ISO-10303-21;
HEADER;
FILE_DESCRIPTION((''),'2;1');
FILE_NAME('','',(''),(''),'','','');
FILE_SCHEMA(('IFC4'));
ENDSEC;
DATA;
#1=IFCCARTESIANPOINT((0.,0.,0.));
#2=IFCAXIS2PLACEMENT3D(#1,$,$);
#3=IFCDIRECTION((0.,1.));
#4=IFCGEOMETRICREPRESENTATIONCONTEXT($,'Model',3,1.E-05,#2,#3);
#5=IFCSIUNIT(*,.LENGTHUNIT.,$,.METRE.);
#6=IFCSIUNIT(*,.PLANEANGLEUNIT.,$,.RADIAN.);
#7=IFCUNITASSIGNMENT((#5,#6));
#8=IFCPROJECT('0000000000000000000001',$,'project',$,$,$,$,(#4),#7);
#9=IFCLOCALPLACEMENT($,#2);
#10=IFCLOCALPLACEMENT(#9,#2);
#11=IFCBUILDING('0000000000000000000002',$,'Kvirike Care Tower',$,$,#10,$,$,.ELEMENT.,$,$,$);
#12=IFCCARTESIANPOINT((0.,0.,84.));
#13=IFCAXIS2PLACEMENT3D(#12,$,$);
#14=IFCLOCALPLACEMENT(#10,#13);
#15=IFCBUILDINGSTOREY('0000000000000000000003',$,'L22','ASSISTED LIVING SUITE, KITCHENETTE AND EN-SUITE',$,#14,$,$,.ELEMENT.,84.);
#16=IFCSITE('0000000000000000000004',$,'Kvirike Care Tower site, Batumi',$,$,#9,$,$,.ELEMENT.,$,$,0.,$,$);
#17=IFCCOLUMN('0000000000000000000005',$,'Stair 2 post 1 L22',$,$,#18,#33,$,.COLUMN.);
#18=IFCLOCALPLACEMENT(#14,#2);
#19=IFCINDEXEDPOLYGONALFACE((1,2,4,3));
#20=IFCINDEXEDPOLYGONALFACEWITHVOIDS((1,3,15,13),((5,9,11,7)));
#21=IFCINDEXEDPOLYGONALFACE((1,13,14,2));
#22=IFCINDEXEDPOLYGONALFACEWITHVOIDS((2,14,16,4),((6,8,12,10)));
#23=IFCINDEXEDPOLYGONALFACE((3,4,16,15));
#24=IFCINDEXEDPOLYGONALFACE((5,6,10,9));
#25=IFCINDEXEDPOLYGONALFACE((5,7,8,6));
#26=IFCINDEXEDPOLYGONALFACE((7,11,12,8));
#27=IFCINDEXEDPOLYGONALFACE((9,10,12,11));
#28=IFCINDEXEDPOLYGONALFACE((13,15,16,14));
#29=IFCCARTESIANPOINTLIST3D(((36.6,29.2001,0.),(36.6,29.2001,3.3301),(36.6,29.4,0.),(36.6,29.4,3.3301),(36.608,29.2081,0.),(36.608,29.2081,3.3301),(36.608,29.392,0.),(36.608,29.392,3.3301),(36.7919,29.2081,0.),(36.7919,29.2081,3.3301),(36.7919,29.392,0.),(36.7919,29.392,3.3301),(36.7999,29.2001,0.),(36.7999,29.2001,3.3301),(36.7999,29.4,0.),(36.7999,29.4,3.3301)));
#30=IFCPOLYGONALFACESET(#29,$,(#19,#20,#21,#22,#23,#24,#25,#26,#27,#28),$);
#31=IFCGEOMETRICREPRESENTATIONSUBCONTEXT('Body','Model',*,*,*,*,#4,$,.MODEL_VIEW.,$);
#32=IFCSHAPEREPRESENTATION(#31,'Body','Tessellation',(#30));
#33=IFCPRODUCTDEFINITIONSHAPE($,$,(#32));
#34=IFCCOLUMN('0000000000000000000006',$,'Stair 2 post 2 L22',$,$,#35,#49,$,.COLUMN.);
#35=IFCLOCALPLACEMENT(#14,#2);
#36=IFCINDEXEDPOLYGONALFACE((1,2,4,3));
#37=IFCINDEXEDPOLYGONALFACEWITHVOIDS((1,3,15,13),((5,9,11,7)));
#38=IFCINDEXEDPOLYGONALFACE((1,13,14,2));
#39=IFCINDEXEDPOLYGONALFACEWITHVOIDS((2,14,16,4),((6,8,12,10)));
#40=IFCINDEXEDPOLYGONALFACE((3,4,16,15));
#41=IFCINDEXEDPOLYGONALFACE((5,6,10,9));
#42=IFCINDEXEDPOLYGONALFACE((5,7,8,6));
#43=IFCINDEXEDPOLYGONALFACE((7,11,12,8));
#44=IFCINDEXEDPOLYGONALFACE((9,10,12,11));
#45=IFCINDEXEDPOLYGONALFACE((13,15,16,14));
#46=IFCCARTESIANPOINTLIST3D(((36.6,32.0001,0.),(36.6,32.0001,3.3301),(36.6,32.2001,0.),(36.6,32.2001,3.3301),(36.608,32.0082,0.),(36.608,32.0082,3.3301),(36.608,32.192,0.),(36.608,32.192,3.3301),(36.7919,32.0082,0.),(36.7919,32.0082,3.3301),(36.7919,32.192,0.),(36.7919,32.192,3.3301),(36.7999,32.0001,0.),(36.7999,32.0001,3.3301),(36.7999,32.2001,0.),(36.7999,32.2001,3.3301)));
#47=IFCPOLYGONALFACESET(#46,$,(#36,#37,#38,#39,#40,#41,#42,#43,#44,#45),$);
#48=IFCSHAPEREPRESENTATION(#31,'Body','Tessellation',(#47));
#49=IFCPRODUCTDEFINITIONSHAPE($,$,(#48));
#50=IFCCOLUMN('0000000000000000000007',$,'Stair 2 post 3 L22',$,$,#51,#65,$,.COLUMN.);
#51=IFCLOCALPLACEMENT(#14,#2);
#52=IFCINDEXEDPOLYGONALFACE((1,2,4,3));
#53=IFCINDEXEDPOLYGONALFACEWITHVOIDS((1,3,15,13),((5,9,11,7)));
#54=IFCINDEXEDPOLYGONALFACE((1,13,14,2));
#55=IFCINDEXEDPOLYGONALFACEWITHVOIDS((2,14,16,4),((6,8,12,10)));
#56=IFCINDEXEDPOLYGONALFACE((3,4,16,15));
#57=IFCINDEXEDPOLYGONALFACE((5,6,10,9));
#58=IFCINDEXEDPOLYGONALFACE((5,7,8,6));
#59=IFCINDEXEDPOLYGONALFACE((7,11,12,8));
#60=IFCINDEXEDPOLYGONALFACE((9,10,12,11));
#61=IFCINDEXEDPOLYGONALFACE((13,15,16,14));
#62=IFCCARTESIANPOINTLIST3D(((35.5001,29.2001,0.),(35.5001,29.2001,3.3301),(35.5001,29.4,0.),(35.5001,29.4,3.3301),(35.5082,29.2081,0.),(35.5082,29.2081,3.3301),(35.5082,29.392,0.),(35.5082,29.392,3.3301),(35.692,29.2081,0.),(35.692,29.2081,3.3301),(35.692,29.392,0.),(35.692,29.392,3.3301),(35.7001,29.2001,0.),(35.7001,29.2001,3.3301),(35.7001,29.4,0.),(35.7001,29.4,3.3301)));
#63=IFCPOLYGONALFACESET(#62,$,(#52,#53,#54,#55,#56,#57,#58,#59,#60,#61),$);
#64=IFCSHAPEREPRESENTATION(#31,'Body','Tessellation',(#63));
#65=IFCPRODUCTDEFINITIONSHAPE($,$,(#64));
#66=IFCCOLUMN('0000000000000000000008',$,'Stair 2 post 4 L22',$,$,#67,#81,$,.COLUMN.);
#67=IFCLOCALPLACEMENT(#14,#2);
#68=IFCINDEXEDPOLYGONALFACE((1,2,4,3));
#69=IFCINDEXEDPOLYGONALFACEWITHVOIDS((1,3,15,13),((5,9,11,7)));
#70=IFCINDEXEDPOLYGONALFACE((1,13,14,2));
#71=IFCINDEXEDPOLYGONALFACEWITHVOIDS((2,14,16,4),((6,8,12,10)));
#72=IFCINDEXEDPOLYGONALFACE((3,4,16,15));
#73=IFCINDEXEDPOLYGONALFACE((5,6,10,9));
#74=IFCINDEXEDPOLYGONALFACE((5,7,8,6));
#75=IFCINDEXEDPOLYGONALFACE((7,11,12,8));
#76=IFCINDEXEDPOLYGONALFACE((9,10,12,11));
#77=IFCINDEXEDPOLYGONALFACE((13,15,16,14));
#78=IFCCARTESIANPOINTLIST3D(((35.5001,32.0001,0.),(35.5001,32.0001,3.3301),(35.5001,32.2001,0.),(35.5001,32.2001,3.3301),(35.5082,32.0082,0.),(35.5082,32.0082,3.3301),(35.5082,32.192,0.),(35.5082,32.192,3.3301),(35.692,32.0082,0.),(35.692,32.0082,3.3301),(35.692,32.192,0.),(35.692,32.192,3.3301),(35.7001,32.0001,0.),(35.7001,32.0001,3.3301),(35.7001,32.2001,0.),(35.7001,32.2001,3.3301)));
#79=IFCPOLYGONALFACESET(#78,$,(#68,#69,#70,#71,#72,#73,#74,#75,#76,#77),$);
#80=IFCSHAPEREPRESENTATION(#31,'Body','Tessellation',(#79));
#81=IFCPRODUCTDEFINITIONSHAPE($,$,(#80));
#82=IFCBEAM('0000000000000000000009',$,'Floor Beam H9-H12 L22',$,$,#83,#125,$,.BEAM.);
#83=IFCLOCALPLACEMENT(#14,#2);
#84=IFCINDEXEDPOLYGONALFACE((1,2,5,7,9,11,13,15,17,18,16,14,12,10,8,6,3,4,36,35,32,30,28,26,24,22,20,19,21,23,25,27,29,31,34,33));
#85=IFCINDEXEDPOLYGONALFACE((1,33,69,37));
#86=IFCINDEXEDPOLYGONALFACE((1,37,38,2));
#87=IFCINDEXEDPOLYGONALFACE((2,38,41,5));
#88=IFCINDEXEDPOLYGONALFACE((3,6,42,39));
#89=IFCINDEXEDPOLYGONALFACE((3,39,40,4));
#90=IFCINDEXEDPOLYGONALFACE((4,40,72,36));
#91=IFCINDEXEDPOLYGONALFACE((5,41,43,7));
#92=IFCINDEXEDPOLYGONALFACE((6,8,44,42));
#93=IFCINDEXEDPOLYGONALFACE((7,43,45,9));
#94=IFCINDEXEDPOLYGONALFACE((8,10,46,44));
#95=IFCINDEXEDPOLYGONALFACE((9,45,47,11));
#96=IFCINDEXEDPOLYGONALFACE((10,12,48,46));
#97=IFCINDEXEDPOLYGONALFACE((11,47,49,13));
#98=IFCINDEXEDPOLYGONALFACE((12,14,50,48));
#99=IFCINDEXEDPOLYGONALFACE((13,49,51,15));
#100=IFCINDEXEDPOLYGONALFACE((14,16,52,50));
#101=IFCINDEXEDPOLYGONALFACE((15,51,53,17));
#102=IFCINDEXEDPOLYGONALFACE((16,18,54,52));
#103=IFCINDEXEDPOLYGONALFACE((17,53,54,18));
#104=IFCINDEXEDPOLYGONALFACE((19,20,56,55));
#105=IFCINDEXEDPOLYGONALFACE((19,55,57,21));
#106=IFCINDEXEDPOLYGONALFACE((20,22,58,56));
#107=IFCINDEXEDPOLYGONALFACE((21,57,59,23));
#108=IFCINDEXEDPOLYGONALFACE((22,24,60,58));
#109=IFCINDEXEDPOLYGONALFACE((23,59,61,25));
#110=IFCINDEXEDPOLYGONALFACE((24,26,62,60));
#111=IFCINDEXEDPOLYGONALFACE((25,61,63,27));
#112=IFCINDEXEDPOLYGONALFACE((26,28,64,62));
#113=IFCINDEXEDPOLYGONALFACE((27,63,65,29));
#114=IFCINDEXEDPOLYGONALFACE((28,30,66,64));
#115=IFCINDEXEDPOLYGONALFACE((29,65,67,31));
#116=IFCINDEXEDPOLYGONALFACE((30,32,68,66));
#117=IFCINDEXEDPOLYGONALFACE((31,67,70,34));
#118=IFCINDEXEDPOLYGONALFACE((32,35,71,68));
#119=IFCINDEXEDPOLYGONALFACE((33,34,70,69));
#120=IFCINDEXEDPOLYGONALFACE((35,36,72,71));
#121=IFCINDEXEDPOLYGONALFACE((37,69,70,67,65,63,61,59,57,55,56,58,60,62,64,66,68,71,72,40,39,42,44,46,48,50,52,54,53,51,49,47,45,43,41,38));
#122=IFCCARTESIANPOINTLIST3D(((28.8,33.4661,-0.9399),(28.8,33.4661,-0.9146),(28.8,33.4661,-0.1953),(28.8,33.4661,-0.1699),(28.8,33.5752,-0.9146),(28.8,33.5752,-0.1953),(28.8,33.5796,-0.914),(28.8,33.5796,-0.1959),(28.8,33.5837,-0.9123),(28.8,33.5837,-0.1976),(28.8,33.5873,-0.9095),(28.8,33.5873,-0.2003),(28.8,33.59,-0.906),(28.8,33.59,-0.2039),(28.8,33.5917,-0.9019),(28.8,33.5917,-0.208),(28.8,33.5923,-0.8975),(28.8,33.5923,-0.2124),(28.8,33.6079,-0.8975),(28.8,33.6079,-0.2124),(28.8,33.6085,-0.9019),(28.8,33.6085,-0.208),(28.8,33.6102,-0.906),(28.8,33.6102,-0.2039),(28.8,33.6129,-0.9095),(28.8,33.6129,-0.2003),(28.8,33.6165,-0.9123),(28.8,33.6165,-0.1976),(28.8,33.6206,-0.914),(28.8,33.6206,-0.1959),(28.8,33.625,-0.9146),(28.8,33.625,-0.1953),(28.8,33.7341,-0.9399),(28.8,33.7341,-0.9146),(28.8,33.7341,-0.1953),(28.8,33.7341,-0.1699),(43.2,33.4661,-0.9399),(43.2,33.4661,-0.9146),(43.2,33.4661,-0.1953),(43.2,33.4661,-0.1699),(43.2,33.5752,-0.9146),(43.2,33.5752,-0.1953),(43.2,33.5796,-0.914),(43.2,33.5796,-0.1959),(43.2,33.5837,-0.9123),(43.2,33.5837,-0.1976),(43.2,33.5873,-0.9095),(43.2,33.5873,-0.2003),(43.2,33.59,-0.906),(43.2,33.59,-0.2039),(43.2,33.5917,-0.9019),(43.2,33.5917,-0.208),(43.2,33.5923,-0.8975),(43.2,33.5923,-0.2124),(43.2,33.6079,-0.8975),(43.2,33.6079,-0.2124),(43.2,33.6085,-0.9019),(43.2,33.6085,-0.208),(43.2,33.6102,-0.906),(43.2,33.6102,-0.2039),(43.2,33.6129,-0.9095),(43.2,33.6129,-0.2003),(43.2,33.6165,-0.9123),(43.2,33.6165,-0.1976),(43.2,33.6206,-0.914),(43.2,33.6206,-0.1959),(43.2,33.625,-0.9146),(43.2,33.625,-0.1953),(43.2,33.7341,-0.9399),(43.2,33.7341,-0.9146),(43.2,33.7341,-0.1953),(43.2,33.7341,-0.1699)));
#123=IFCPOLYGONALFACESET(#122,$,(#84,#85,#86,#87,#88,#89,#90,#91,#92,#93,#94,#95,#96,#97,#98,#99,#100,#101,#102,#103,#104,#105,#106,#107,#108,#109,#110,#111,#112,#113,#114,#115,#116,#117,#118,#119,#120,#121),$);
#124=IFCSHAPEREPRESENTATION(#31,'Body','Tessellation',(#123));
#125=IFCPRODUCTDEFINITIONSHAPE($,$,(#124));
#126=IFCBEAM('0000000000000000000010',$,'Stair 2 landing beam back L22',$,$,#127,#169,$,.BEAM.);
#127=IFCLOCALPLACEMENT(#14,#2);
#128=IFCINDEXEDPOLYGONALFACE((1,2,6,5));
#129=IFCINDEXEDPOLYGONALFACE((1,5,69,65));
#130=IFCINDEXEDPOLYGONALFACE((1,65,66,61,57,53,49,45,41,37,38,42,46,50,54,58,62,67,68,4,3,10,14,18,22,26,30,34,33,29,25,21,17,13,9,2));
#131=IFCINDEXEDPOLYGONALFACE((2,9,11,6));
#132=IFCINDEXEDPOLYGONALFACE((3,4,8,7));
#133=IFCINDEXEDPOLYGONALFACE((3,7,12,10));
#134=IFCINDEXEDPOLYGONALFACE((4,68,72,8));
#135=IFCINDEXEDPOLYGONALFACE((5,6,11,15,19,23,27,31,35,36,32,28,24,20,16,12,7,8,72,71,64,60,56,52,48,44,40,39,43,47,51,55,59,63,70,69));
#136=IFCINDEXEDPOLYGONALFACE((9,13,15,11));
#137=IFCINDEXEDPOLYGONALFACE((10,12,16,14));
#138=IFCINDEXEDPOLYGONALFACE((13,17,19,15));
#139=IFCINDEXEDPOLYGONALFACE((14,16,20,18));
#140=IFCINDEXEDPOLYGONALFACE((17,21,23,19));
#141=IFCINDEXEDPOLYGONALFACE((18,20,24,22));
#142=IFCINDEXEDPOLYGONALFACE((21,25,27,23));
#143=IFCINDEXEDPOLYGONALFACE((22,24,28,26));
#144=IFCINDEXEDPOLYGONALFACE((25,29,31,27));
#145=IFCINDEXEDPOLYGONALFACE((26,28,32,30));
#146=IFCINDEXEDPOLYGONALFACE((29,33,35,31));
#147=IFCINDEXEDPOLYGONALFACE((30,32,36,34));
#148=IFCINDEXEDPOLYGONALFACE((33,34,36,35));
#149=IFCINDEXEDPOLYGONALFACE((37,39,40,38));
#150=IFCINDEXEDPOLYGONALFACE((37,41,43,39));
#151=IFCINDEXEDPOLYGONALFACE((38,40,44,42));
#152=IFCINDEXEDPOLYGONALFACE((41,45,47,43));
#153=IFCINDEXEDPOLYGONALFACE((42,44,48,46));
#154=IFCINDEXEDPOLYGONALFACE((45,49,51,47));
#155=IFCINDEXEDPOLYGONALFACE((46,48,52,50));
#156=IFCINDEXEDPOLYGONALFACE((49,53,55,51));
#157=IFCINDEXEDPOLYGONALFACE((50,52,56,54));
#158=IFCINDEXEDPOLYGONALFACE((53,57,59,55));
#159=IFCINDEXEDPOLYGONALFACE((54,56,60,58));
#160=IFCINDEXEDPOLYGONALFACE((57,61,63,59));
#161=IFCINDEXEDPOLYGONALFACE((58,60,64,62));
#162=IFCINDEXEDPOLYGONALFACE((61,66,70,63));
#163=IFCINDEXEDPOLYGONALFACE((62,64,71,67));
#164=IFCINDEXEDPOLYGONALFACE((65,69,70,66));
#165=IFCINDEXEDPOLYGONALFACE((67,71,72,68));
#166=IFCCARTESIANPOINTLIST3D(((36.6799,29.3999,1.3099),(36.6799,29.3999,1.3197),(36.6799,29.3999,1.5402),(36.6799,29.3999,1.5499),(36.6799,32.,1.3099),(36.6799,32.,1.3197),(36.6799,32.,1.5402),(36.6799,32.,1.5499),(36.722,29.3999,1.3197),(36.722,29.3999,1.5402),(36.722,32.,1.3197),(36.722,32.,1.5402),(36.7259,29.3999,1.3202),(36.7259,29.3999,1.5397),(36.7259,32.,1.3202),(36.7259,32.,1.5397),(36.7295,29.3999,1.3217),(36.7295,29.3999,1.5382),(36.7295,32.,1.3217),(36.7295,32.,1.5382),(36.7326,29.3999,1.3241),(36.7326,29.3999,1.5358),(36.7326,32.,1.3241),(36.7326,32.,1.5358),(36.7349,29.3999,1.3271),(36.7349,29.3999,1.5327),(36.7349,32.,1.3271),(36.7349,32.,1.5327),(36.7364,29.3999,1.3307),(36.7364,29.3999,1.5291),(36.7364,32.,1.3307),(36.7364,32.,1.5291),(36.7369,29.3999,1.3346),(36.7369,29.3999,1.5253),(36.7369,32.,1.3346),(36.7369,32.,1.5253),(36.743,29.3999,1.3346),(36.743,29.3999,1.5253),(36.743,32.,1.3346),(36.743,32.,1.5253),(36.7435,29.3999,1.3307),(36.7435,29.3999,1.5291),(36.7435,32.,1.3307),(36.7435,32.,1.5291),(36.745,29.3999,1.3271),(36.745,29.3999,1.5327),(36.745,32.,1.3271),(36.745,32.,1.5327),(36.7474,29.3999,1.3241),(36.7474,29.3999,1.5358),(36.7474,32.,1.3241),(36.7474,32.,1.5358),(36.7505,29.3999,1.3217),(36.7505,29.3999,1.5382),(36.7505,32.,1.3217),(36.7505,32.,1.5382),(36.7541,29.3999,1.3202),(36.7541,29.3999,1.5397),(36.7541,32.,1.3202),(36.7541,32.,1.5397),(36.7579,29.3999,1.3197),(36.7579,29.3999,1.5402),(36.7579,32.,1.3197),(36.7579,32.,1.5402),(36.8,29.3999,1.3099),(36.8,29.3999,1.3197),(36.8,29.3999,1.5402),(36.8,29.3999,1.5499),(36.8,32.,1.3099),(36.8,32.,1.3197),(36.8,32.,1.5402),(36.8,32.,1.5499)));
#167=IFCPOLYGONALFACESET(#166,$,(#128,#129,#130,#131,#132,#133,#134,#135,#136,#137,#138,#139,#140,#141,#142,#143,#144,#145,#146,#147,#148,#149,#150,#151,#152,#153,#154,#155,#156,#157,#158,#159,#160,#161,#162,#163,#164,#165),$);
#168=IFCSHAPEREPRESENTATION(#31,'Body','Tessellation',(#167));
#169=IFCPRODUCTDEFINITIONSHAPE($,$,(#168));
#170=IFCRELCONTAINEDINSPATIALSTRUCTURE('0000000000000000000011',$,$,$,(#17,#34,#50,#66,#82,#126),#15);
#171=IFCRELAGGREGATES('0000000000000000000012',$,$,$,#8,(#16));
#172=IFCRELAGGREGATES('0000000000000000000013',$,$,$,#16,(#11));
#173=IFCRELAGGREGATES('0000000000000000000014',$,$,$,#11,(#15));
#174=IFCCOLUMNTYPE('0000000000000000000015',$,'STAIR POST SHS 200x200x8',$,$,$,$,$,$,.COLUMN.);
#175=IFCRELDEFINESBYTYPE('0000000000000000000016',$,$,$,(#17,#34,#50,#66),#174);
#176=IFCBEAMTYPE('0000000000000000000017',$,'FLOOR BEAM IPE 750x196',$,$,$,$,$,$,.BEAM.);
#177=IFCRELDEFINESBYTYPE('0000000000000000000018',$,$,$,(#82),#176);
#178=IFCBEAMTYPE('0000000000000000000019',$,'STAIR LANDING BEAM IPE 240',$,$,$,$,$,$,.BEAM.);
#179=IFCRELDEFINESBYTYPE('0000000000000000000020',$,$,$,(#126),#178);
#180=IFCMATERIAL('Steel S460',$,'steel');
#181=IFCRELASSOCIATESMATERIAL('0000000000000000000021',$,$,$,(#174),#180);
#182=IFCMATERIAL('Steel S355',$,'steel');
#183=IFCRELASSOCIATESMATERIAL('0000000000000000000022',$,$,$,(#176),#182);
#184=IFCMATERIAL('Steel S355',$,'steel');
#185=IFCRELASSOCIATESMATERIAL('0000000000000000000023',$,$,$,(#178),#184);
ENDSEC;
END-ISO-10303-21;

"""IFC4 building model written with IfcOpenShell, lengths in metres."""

from ifc_helpers import new_model, si_unit, direction, frame, origin, origin_2d, place, context, subcontext, project, spatial, hollow_rectangle, i_section, extrude, material, material_profile, profile_set, type_object, element, save


model = new_model("IFC4")

# Units and contexts
model_context = context("Model", 3, precision=1e-05, world=origin(), true_north=direction((0.0, 1.0)))
body_context = subcontext(model_context, "Body", "Model", "MODEL_VIEW")
ifc_project = project(units=[si_unit("LENGTHUNIT", "METRE"), si_unit("PLANEANGLEUNIT", "RADIAN")], contexts=[model_context])

# Site, building, storey
site_placement = place(None, origin())
site = spatial("IfcSite", under=ifc_project, at=site_placement, Name="Kvirike Care Tower site, Batumi", CompositionType="ELEMENT", RefElevation=0.0)
building_placement = place(site_placement, origin())
building = spatial("IfcBuilding", under=site, at=building_placement, Name="Kvirike Care Tower", CompositionType="ELEMENT")
storey_placement = place(building_placement, frame((0.0, 0.0, 84.0)))
storey = spatial("IfcBuildingStorey", under=building, at=storey_placement, Name="L22", Description="ASSISTED LIVING SUITE, KITCHENETTE AND EN-SUITE", CompositionType="ELEMENT", Elevation=84.0)

# Columns
ifc_material_1 = material(Name="Steel S460", Category="steel")
ifc_material_profile_1 = material_profile(ifc_material_1, hollow_rectangle(XDim=0.2, YDim=0.2, WallThickness=0.0081, at=origin_2d()), Name="SHS 200x200x8")
ifc_profile_set_1 = profile_set([ifc_material_profile_1], Name="Steel S460")
column_type = type_object("IfcColumnType", Name="STAIR POST SHS 200x200x8", PredefinedType="COLUMN", material=ifc_profile_set_1)
for number, where, z_axis, x_axis, name in (
    (1, (36.7, 29.3, 0.0), (0.0, 0.0, 1.0), (1.0, 0.0, 0.0), "Stair 2 post 1 L22"),
    (2, (36.7, 32.1001, 0.0), (0.0, 0.0, 1.0), (1.0, 0.0, 0.0), "Stair 2 post 2 L22"),
    (3, (35.6001, 29.3, 0.0), (0.0, 0.0, 1.0), (1.0, 0.0, 0.0), "Stair 2 post 3 L22"),
    (4, (35.6001, 32.1001, 0.0), (0.0, 0.0, 1.0), (1.0, 0.0, 0.0), "Stair 2 post 4 L22"),
):
    element("IfcColumn", number, at=place(storey_placement, frame(where, z_axis=z_axis, x_axis=x_axis)), inside=storey, type_object=column_type, Name=name, PredefinedType="COLUMN", context=body_context, shape_type="SweptSolid", body=[
        extrude(hollow_rectangle(XDim=0.2, YDim=0.2, WallThickness=0.0081, at=origin_2d()), origin(), (0.0, 0.0, 1.0), 3.3301),
    ])

# Beams
ifc_material_2 = material(Name="Steel S355", Category="steel")
ifc_material_profile_2 = material_profile(ifc_material_2, i_section(OverallWidth=0.2681, OverallDepth=0.77, WebThickness=0.0156, FlangeThickness=0.0254, FilletRadius=0.0171, at=origin_2d()), Name="IPE 750x196")
ifc_profile_set_2 = profile_set([ifc_material_profile_2], Name="Steel S355")
beam_type_1 = type_object("IfcBeamType", Name="FLOOR BEAM IPE 750x196", PredefinedType="BEAM", material=ifc_profile_set_2)
beam_placement = place(storey_placement, frame((28.8, 33.6001, -0.5549), z_axis=(1.0, 0.0, 0.0), x_axis=(0.0, 1.0, 0.0)))
element("IfcBeam", 5, at=beam_placement, inside=storey, type_object=beam_type_1, Name="Floor Beam H9-H12 L22", PredefinedType="BEAM", context=body_context, shape_type="SweptSolid", body=[
    extrude(i_section(OverallWidth=0.2681, OverallDepth=0.77, WebThickness=0.0156, FlangeThickness=0.0254, FilletRadius=0.0171, at=origin_2d()), origin(), (0.0, 0.0, 1.0), 14.3999),
])
ifc_material_3 = material(Name="Steel S355", Category="steel")
ifc_material_profile_3 = material_profile(ifc_material_3, i_section(OverallWidth=0.1201, OverallDepth=0.24, WebThickness=0.0061, FlangeThickness=0.0098, FilletRadius=0.0149, at=origin_2d()), Name="IPE 240")
ifc_profile_set_3 = profile_set([ifc_material_profile_3], Name="Steel S355")
beam_type_2 = type_object("IfcBeamType", Name="STAIR LANDING BEAM IPE 240", PredefinedType="BEAM", material=ifc_profile_set_3)
for number, where, z_axis, x_axis, name in (
    (6, (36.74, 29.3999, 1.4299), (0.0, 1.0, 0.0), (-1.0, 0.0, 0.0), "Stair 2 landing beam back L22"),
):
    element("IfcBeam", number, at=place(storey_placement, frame(where, z_axis=z_axis, x_axis=x_axis)), inside=storey, type_object=beam_type_2, Name=name, PredefinedType="BEAM", context=body_context, shape_type="SweptSolid", body=[
        extrude(i_section(OverallWidth=0.1201, OverallDepth=0.24, WebThickness=0.0061, FlangeThickness=0.0098, FilletRadius=0.0149, at=origin_2d()), origin(), (0.0, 0.0, 1.0), 2.6001),
    ])

save(model, "model.ifc")
